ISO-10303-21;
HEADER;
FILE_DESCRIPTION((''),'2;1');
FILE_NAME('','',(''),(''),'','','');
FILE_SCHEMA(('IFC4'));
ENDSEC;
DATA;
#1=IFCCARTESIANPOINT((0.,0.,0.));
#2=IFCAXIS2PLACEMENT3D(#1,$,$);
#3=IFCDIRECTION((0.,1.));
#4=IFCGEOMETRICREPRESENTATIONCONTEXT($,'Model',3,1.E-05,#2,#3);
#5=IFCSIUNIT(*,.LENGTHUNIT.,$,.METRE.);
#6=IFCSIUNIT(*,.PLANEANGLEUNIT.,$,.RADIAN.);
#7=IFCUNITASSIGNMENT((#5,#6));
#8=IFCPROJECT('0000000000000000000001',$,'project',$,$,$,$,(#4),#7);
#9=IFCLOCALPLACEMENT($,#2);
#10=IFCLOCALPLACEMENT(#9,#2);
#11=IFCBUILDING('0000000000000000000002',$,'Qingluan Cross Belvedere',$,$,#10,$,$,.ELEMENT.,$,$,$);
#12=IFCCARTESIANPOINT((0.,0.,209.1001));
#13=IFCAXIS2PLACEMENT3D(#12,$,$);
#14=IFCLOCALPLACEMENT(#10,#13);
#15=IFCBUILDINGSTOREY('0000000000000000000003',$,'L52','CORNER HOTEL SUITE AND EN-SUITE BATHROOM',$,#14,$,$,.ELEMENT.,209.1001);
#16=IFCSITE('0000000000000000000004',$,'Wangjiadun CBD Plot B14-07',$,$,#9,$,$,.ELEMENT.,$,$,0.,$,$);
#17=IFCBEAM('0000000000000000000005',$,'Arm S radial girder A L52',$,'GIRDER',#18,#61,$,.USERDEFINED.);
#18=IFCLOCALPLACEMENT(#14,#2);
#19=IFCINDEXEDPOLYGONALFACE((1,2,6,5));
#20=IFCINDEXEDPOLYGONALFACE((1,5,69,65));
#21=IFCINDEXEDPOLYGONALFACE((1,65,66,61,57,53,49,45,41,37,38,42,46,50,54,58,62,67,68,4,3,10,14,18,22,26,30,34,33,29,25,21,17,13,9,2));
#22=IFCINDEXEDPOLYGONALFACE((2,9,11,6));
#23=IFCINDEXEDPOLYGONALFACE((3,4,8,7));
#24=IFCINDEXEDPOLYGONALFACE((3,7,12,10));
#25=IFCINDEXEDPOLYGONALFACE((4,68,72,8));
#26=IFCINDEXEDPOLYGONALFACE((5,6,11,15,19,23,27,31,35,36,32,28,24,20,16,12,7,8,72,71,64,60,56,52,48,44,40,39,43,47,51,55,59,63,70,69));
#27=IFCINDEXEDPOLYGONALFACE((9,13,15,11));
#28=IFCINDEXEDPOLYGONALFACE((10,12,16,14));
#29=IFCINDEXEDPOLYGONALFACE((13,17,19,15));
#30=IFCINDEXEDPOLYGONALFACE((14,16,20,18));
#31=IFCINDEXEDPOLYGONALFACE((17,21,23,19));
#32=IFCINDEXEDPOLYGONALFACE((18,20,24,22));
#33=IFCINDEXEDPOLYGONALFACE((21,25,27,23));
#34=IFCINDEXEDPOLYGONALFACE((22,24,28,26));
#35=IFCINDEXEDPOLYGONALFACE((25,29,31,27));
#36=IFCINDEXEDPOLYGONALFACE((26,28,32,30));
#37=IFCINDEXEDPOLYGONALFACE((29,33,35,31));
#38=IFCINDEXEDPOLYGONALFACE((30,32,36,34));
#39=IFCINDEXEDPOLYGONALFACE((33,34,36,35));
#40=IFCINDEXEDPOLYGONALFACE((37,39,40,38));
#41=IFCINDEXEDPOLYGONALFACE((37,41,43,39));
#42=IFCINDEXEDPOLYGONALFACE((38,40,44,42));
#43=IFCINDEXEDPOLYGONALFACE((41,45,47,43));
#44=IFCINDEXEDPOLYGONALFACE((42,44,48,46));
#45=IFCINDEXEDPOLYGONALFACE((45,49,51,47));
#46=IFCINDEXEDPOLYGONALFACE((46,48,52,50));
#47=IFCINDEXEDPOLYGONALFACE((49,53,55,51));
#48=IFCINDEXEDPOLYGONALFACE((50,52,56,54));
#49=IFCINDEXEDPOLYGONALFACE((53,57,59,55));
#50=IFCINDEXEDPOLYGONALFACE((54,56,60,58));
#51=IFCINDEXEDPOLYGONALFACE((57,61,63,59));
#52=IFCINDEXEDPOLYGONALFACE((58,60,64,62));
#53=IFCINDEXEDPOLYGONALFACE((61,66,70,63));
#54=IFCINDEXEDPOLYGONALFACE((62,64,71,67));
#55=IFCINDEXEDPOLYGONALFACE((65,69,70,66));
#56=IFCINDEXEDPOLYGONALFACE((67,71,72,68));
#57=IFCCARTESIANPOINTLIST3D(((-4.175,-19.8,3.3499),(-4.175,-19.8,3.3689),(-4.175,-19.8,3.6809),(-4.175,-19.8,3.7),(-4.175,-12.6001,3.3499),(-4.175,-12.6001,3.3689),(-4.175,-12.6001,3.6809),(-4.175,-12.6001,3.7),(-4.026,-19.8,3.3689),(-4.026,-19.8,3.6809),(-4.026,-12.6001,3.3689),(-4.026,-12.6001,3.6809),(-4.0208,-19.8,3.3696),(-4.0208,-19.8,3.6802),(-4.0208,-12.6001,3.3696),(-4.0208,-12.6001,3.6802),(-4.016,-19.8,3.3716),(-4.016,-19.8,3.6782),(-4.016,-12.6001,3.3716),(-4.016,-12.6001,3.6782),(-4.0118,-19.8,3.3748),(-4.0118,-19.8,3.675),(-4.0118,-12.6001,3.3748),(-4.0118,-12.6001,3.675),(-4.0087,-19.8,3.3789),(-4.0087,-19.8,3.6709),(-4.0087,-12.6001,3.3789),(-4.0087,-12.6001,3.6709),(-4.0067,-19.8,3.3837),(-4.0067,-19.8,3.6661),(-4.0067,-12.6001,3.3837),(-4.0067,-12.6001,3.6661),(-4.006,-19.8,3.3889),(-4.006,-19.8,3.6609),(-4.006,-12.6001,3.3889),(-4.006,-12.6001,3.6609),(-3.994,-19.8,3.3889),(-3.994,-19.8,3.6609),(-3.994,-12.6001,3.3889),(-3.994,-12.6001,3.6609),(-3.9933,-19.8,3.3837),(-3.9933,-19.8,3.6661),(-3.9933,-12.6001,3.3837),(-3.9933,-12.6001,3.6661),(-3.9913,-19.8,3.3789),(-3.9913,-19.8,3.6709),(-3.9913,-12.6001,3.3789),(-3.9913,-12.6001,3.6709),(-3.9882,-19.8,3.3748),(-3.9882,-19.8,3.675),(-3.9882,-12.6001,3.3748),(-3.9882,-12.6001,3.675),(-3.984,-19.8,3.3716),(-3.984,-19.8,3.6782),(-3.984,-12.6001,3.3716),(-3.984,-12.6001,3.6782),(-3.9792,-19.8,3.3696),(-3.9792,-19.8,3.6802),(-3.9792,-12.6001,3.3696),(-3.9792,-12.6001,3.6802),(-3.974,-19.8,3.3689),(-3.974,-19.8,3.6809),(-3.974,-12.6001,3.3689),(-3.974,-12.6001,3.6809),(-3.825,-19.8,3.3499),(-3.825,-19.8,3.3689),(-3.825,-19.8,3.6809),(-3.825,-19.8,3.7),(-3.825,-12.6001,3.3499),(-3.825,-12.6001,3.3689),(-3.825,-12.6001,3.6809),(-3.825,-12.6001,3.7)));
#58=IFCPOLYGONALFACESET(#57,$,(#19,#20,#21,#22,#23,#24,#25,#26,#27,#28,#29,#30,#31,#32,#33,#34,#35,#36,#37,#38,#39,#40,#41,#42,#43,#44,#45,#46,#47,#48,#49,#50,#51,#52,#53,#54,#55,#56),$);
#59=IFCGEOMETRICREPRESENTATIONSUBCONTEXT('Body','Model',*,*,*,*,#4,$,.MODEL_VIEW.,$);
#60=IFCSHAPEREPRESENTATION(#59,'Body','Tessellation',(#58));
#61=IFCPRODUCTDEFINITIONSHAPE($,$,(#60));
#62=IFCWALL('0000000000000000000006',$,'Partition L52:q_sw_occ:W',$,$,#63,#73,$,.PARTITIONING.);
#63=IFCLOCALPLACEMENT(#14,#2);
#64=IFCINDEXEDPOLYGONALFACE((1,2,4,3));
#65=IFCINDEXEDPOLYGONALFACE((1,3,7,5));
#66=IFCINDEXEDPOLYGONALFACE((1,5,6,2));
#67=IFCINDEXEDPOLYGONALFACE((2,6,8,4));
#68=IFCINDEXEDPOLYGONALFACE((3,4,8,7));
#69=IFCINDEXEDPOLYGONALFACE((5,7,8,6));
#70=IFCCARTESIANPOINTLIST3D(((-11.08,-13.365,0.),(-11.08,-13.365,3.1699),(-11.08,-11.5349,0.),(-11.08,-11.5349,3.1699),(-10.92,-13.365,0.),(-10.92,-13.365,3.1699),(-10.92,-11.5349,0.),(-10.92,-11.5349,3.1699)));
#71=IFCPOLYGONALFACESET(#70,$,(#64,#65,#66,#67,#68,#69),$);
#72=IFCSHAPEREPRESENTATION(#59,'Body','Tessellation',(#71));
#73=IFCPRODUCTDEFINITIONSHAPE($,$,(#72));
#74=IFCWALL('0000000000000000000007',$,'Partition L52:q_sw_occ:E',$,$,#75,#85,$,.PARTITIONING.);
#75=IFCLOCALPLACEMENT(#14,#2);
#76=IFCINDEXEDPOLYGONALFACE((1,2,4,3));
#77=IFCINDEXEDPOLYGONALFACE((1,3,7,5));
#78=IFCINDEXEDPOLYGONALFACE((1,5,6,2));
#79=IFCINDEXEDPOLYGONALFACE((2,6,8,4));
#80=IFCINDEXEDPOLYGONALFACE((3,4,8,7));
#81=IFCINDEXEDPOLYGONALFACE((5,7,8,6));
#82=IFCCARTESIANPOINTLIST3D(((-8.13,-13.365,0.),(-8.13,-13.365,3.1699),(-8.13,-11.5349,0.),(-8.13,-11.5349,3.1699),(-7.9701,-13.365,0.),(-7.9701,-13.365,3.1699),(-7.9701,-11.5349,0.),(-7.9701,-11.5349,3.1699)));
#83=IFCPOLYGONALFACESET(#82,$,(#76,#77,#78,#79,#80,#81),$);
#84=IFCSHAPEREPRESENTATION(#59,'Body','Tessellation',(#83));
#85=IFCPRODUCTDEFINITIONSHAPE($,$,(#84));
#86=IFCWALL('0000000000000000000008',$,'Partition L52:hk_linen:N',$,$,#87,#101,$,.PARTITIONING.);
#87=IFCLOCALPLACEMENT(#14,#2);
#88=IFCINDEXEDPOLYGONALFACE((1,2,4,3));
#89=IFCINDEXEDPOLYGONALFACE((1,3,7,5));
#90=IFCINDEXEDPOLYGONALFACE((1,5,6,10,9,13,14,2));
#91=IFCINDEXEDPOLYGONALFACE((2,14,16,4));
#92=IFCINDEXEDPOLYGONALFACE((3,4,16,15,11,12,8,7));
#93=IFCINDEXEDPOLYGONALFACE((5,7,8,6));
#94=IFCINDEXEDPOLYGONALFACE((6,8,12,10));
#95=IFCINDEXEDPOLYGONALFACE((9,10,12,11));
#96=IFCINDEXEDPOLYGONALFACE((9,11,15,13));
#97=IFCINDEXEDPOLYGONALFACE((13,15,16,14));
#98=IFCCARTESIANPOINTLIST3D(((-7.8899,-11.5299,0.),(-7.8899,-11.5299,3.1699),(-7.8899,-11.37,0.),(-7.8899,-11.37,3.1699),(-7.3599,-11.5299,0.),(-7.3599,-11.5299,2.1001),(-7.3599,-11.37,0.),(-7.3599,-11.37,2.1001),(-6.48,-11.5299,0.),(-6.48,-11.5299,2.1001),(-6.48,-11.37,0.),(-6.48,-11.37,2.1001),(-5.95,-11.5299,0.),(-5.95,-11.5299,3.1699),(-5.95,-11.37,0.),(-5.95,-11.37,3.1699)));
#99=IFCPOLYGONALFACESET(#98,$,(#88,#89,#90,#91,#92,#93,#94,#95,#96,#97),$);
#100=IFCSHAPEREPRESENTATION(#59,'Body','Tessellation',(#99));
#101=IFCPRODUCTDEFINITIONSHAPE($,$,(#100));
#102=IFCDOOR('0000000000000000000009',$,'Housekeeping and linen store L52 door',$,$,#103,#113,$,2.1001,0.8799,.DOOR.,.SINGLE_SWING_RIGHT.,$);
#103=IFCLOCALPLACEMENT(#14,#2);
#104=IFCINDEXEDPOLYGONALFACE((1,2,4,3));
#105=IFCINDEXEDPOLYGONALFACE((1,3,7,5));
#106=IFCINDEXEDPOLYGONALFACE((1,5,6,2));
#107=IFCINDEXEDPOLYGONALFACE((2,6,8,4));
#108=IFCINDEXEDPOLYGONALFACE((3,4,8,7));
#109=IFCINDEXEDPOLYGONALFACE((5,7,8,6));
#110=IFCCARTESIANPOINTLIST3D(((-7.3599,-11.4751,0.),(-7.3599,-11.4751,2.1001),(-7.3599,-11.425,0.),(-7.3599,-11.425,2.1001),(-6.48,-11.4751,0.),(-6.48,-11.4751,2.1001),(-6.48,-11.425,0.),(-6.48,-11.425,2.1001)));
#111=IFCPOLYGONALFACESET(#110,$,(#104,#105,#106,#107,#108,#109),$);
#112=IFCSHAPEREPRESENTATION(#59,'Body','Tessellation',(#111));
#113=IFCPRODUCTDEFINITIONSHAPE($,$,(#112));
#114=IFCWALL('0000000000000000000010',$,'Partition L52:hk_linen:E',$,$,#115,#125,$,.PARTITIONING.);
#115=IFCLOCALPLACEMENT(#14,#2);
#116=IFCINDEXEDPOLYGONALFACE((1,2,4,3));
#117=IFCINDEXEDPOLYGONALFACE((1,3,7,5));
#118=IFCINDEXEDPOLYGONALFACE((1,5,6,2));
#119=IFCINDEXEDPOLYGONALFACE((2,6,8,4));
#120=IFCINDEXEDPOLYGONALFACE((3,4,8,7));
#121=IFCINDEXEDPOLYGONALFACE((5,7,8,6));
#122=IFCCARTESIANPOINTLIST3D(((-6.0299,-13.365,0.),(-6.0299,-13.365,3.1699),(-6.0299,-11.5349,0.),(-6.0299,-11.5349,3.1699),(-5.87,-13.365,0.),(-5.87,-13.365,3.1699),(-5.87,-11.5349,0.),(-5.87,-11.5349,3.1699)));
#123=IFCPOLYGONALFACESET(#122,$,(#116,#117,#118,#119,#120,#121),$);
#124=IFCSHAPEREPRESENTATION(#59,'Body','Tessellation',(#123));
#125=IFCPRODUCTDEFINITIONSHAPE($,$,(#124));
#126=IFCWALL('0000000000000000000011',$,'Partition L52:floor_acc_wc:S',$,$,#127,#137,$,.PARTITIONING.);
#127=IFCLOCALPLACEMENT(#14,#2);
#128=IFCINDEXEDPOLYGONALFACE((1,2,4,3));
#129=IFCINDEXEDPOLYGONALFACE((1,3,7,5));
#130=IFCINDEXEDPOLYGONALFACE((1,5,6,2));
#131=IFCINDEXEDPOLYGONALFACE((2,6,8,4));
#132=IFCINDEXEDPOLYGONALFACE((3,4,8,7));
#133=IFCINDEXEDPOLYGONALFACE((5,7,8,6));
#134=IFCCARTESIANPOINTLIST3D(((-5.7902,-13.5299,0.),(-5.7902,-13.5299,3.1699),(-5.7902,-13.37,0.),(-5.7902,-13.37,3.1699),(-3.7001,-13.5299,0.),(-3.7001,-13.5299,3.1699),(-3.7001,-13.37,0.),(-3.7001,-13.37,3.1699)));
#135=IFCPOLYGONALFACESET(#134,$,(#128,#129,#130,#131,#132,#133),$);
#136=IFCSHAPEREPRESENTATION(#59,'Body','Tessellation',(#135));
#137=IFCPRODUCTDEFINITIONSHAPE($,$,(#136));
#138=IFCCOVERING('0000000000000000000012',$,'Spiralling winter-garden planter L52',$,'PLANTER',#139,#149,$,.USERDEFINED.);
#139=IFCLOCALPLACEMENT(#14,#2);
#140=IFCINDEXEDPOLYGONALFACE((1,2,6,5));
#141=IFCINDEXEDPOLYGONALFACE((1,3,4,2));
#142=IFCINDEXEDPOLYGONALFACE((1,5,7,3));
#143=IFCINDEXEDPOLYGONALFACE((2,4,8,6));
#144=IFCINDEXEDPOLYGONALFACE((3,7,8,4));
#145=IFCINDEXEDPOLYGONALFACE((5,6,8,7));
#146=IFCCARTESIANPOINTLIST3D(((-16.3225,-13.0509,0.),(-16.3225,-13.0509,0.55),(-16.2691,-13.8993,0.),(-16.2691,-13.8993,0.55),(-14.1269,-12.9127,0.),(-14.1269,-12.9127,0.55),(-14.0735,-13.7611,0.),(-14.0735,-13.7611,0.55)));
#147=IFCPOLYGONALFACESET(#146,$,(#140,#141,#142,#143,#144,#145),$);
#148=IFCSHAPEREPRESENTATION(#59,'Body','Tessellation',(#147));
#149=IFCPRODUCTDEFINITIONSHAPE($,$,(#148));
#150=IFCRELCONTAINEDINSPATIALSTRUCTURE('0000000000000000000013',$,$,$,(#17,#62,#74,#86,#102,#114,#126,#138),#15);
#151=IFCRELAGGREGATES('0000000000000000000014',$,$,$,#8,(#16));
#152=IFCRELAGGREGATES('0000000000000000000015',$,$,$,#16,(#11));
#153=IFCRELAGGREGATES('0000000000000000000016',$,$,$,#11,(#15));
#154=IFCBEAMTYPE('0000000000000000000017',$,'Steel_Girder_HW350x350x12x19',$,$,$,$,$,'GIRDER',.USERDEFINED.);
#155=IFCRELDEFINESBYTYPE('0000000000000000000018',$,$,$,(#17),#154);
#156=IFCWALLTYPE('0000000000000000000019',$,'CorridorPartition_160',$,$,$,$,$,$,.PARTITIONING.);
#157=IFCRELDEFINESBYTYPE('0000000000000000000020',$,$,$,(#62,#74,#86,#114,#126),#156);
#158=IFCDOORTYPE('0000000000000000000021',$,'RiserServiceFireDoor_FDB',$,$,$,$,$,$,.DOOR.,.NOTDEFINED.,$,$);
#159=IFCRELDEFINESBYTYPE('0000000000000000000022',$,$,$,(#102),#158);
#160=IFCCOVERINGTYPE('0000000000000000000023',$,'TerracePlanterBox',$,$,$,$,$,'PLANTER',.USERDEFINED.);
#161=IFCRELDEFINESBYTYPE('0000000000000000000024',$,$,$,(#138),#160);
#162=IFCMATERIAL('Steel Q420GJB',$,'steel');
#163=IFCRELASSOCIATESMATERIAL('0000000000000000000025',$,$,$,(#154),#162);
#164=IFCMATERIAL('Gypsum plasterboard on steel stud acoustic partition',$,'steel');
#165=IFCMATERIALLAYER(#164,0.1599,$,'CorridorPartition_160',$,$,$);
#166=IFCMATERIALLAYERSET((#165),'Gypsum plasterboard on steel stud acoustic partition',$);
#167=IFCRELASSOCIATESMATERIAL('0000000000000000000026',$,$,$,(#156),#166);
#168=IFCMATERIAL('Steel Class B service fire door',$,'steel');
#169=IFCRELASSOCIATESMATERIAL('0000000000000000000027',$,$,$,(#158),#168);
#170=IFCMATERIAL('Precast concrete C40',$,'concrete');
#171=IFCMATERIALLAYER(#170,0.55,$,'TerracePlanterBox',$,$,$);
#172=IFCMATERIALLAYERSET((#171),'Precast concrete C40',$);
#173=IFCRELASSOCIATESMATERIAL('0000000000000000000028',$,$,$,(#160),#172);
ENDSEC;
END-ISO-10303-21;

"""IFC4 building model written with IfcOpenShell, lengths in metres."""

from ifc_helpers import new_model, si_unit, direction, frame, frame_2d, origin, origin_2d, place, context, subcontext, project, spatial, rectangle, i_section, extrude, material, layer, layer_set, material_profile, profile_set, type_object, element, fill, save


model = new_model("IFC4")

# Units and contexts
model_context = context("Model", 3, precision=1e-05, world=origin(), true_north=direction((0.0, 1.0)))
body_context = subcontext(model_context, "Body", "Model", "MODEL_VIEW")
ifc_project = project(units=[si_unit("LENGTHUNIT", "METRE"), si_unit("PLANEANGLEUNIT", "RADIAN")], contexts=[model_context])

# Site, building, storey
site_placement = place(None, origin())
site = spatial("IfcSite", under=ifc_project, at=site_placement, Name="Wangjiadun CBD Plot B14-07", CompositionType="ELEMENT", RefElevation=0.0)
building_placement = place(site_placement, origin())
building = spatial("IfcBuilding", under=site, at=building_placement, Name="Qingluan Cross Belvedere", CompositionType="ELEMENT")
storey_placement = place(building_placement, frame((0.0, 0.0, 209.1001)))
storey = spatial("IfcBuildingStorey", under=building, at=storey_placement, Name="L52", Description="CORNER HOTEL SUITE AND EN-SUITE BATHROOM", CompositionType="ELEMENT", Elevation=209.1001)

# Beam
ifc_material_1 = material(Name="Steel Q420GJB", Category="steel")
ifc_material_profile_1 = material_profile(ifc_material_1, i_section(OverallWidth=0.3501, OverallDepth=0.3501, WebThickness=0.012, FlangeThickness=0.019, FilletRadius=0.02, at=origin_2d()), Name="HW350x350x12x19")
ifc_profile_set_1 = profile_set([ifc_material_profile_1], Name="Steel Q420GJB")
beam_type_1 = type_object("IfcBeamType", Name="Steel_Girder_HW350x350x12x19", ElementType="GIRDER", PredefinedType="USERDEFINED", material=ifc_profile_set_1)
beam_1_placement = place(storey_placement, frame((-4.0, -12.6001, 3.5249), z_axis=(0.0, -1.0, 0.0), x_axis=(1.0, 0.0, 0.0)))
element("IfcBeam", 1, at=beam_1_placement, inside=storey, type_object=beam_type_1, Name="Arm S radial girder A L52", ObjectType="GIRDER", PredefinedType="USERDEFINED", context=body_context, shape_type="SweptSolid", body=[
    extrude(i_section(OverallWidth=0.3501, OverallDepth=0.3501, WebThickness=0.012, FlangeThickness=0.019, FilletRadius=0.02, at=origin_2d()), origin(), (0.0, 0.0, 1.0), 7.2),
])

# Shared definitions
ifc_material_2 = material(Name="Gypsum plasterboard on steel stud acoustic partition", Category="steel")
ifc_layer_1 = layer(ifc_material_2, 0.1599, Name="CorridorPartition_160")
ifc_layer_set_1 = layer_set([ifc_layer_1], Name="Gypsum plasterboard on steel stud acoustic partition")
wall_type = type_object("IfcWallType", Name="CorridorPartition_160", PredefinedType="PARTITIONING", material=ifc_layer_set_1)

# Walls
for number, where, z_axis, x_axis, name in (
    (2, (-11.0, -13.365, 0.0), (0.0, 0.0, 1.0), (0.0, 1.0, 0.0), "Partition L52:q_sw_occ:W"),
    (3, (-8.05, -13.365, 0.0), (0.0, 0.0, 1.0), (0.0, 1.0, 0.0), "Partition L52:q_sw_occ:E"),
):
    element("IfcWall", number, at=place(storey_placement, frame(where, z_axis=z_axis, x_axis=x_axis)), inside=storey, type_object=wall_type, Name=name, PredefinedType="PARTITIONING", context=body_context, shape_type="SweptSolid", body=[
        extrude(rectangle(XDim=1.8301, YDim=0.1599, at=frame_2d((0.915, 0.0))), origin(), (0.0, 0.0, 1.0), 3.1699),
    ])

# Wall, opening, door
wall_1_placement = place(storey_placement, frame((-7.8899, -11.45, 0.0), z_axis=(0.0, 0.0, 1.0), x_axis=(1.0, 0.0, 0.0)))
wall_1 = element("IfcWall", 4, at=wall_1_placement, inside=storey, type_object=wall_type, Name="Partition L52:hk_linen:N", PredefinedType="PARTITIONING", context=body_context, shape_type="SweptSolid", body=[
    extrude(rectangle(XDim=1.9399, YDim=0.1599, at=frame_2d((0.97, 0.0))), origin(), (0.0, 0.0, 1.0), 3.1699),
])
opening_1_placement = place(wall_1_placement, frame((0.53, 0.0, 0.0)))
opening_1 = element("IfcOpeningElement", 5, at=opening_1_placement, cuts=wall_1, PredefinedType="OPENING", context=body_context, shape_type="SweptSolid", body=[
    extrude(rectangle(XDim=0.8799, YDim=2.1001, at=frame_2d((0.4399, 1.05))), frame((0.0, 0.0898, 0.0), z_axis=(0.0, -1.0, 0.0), x_axis=(1.0, 0.0, 0.0)), (0.0, 0.0, 1.0), 0.1799),
])
ifc_material_3 = material(Name="Steel Class B service fire door", Category="steel")
door_type_1 = type_object("IfcDoorType", Name="RiserServiceFireDoor_FDB", OperationType="NOTDEFINED", PredefinedType="DOOR", material=ifc_material_3)
door_1_placement = place(opening_1_placement, origin())
door_1 = element("IfcDoor", 6, at=door_1_placement, inside=storey, type_object=door_type_1, Name="Housekeeping and linen store L52 door", OperationType="SINGLE_SWING_RIGHT", OverallHeight=2.1001, OverallWidth=0.8799, PredefinedType="DOOR", context=body_context, shape_type="SweptSolid", body=[
    extrude(rectangle(XDim=0.8799, YDim=2.1001, at=frame_2d((0.4399, 1.05))), frame((0.0, 0.0249, 0.0), z_axis=(0.0, -1.0, 0.0), x_axis=(1.0, 0.0, 0.0)), (0.0, 0.0, 1.0), 0.05),
])
fill(opening_1, door_1)

# Walls
wall_2_placement = place(storey_placement, frame((-5.95, -13.365, 0.0), z_axis=(0.0, 0.0, 1.0), x_axis=(0.0, 1.0, 0.0)))
element("IfcWall", 7, at=wall_2_placement, inside=storey, type_object=wall_type, Name="Partition L52:hk_linen:E", PredefinedType="PARTITIONING", context=body_context, shape_type="SweptSolid", body=[
    extrude(rectangle(XDim=1.8301, YDim=0.1599, at=frame_2d((0.915, 0.0))), origin(), (0.0, 0.0, 1.0), 3.1699),
])
wall_3_placement = place(storey_placement, frame((-5.79, -13.45, 0.0), z_axis=(0.0, 0.0, 1.0), x_axis=(1.0, 0.0, 0.0)))
element("IfcWall", 8, at=wall_3_placement, inside=storey, type_object=wall_type, Name="Partition L52:floor_acc_wc:S", PredefinedType="PARTITIONING", context=body_context, shape_type="SweptSolid", body=[
    extrude(rectangle(XDim=2.0901, YDim=0.1599, at=frame_2d((1.0449, 0.0))), origin(), (0.0, 0.0, 1.0), 3.1699),
])

# Covering
ifc_material_4 = material(Name="Precast concrete C40", Category="concrete")
ifc_layer_2 = layer(ifc_material_4, 0.55, Name="TerracePlanterBox")
ifc_layer_set_2 = layer_set([ifc_layer_2], Name="Precast concrete C40")
covering_type = type_object("IfcCoveringType", Name="TerracePlanterBox", ElementType="PLANTER", PredefinedType="USERDEFINED", material=ifc_layer_set_2)
covering_placement = place(storey_placement, frame((-15.198, -13.406, 0.0), z_axis=(0.0, 0.0, 1.0), x_axis=(0.998027, 0.062791, 0.0)))
element("IfcCovering", 9, at=covering_placement, inside=storey, type_object=covering_type, Name="Spiralling winter-garden planter L52", ObjectType="PLANTER", PredefinedType="USERDEFINED", context=body_context, shape_type="SweptSolid", body=[
    extrude(rectangle(XDim=2.2, YDim=0.8501, at=origin_2d()), origin(), (0.0, 0.0, 1.0), 0.55),
])

save(model, "model.ifc")
